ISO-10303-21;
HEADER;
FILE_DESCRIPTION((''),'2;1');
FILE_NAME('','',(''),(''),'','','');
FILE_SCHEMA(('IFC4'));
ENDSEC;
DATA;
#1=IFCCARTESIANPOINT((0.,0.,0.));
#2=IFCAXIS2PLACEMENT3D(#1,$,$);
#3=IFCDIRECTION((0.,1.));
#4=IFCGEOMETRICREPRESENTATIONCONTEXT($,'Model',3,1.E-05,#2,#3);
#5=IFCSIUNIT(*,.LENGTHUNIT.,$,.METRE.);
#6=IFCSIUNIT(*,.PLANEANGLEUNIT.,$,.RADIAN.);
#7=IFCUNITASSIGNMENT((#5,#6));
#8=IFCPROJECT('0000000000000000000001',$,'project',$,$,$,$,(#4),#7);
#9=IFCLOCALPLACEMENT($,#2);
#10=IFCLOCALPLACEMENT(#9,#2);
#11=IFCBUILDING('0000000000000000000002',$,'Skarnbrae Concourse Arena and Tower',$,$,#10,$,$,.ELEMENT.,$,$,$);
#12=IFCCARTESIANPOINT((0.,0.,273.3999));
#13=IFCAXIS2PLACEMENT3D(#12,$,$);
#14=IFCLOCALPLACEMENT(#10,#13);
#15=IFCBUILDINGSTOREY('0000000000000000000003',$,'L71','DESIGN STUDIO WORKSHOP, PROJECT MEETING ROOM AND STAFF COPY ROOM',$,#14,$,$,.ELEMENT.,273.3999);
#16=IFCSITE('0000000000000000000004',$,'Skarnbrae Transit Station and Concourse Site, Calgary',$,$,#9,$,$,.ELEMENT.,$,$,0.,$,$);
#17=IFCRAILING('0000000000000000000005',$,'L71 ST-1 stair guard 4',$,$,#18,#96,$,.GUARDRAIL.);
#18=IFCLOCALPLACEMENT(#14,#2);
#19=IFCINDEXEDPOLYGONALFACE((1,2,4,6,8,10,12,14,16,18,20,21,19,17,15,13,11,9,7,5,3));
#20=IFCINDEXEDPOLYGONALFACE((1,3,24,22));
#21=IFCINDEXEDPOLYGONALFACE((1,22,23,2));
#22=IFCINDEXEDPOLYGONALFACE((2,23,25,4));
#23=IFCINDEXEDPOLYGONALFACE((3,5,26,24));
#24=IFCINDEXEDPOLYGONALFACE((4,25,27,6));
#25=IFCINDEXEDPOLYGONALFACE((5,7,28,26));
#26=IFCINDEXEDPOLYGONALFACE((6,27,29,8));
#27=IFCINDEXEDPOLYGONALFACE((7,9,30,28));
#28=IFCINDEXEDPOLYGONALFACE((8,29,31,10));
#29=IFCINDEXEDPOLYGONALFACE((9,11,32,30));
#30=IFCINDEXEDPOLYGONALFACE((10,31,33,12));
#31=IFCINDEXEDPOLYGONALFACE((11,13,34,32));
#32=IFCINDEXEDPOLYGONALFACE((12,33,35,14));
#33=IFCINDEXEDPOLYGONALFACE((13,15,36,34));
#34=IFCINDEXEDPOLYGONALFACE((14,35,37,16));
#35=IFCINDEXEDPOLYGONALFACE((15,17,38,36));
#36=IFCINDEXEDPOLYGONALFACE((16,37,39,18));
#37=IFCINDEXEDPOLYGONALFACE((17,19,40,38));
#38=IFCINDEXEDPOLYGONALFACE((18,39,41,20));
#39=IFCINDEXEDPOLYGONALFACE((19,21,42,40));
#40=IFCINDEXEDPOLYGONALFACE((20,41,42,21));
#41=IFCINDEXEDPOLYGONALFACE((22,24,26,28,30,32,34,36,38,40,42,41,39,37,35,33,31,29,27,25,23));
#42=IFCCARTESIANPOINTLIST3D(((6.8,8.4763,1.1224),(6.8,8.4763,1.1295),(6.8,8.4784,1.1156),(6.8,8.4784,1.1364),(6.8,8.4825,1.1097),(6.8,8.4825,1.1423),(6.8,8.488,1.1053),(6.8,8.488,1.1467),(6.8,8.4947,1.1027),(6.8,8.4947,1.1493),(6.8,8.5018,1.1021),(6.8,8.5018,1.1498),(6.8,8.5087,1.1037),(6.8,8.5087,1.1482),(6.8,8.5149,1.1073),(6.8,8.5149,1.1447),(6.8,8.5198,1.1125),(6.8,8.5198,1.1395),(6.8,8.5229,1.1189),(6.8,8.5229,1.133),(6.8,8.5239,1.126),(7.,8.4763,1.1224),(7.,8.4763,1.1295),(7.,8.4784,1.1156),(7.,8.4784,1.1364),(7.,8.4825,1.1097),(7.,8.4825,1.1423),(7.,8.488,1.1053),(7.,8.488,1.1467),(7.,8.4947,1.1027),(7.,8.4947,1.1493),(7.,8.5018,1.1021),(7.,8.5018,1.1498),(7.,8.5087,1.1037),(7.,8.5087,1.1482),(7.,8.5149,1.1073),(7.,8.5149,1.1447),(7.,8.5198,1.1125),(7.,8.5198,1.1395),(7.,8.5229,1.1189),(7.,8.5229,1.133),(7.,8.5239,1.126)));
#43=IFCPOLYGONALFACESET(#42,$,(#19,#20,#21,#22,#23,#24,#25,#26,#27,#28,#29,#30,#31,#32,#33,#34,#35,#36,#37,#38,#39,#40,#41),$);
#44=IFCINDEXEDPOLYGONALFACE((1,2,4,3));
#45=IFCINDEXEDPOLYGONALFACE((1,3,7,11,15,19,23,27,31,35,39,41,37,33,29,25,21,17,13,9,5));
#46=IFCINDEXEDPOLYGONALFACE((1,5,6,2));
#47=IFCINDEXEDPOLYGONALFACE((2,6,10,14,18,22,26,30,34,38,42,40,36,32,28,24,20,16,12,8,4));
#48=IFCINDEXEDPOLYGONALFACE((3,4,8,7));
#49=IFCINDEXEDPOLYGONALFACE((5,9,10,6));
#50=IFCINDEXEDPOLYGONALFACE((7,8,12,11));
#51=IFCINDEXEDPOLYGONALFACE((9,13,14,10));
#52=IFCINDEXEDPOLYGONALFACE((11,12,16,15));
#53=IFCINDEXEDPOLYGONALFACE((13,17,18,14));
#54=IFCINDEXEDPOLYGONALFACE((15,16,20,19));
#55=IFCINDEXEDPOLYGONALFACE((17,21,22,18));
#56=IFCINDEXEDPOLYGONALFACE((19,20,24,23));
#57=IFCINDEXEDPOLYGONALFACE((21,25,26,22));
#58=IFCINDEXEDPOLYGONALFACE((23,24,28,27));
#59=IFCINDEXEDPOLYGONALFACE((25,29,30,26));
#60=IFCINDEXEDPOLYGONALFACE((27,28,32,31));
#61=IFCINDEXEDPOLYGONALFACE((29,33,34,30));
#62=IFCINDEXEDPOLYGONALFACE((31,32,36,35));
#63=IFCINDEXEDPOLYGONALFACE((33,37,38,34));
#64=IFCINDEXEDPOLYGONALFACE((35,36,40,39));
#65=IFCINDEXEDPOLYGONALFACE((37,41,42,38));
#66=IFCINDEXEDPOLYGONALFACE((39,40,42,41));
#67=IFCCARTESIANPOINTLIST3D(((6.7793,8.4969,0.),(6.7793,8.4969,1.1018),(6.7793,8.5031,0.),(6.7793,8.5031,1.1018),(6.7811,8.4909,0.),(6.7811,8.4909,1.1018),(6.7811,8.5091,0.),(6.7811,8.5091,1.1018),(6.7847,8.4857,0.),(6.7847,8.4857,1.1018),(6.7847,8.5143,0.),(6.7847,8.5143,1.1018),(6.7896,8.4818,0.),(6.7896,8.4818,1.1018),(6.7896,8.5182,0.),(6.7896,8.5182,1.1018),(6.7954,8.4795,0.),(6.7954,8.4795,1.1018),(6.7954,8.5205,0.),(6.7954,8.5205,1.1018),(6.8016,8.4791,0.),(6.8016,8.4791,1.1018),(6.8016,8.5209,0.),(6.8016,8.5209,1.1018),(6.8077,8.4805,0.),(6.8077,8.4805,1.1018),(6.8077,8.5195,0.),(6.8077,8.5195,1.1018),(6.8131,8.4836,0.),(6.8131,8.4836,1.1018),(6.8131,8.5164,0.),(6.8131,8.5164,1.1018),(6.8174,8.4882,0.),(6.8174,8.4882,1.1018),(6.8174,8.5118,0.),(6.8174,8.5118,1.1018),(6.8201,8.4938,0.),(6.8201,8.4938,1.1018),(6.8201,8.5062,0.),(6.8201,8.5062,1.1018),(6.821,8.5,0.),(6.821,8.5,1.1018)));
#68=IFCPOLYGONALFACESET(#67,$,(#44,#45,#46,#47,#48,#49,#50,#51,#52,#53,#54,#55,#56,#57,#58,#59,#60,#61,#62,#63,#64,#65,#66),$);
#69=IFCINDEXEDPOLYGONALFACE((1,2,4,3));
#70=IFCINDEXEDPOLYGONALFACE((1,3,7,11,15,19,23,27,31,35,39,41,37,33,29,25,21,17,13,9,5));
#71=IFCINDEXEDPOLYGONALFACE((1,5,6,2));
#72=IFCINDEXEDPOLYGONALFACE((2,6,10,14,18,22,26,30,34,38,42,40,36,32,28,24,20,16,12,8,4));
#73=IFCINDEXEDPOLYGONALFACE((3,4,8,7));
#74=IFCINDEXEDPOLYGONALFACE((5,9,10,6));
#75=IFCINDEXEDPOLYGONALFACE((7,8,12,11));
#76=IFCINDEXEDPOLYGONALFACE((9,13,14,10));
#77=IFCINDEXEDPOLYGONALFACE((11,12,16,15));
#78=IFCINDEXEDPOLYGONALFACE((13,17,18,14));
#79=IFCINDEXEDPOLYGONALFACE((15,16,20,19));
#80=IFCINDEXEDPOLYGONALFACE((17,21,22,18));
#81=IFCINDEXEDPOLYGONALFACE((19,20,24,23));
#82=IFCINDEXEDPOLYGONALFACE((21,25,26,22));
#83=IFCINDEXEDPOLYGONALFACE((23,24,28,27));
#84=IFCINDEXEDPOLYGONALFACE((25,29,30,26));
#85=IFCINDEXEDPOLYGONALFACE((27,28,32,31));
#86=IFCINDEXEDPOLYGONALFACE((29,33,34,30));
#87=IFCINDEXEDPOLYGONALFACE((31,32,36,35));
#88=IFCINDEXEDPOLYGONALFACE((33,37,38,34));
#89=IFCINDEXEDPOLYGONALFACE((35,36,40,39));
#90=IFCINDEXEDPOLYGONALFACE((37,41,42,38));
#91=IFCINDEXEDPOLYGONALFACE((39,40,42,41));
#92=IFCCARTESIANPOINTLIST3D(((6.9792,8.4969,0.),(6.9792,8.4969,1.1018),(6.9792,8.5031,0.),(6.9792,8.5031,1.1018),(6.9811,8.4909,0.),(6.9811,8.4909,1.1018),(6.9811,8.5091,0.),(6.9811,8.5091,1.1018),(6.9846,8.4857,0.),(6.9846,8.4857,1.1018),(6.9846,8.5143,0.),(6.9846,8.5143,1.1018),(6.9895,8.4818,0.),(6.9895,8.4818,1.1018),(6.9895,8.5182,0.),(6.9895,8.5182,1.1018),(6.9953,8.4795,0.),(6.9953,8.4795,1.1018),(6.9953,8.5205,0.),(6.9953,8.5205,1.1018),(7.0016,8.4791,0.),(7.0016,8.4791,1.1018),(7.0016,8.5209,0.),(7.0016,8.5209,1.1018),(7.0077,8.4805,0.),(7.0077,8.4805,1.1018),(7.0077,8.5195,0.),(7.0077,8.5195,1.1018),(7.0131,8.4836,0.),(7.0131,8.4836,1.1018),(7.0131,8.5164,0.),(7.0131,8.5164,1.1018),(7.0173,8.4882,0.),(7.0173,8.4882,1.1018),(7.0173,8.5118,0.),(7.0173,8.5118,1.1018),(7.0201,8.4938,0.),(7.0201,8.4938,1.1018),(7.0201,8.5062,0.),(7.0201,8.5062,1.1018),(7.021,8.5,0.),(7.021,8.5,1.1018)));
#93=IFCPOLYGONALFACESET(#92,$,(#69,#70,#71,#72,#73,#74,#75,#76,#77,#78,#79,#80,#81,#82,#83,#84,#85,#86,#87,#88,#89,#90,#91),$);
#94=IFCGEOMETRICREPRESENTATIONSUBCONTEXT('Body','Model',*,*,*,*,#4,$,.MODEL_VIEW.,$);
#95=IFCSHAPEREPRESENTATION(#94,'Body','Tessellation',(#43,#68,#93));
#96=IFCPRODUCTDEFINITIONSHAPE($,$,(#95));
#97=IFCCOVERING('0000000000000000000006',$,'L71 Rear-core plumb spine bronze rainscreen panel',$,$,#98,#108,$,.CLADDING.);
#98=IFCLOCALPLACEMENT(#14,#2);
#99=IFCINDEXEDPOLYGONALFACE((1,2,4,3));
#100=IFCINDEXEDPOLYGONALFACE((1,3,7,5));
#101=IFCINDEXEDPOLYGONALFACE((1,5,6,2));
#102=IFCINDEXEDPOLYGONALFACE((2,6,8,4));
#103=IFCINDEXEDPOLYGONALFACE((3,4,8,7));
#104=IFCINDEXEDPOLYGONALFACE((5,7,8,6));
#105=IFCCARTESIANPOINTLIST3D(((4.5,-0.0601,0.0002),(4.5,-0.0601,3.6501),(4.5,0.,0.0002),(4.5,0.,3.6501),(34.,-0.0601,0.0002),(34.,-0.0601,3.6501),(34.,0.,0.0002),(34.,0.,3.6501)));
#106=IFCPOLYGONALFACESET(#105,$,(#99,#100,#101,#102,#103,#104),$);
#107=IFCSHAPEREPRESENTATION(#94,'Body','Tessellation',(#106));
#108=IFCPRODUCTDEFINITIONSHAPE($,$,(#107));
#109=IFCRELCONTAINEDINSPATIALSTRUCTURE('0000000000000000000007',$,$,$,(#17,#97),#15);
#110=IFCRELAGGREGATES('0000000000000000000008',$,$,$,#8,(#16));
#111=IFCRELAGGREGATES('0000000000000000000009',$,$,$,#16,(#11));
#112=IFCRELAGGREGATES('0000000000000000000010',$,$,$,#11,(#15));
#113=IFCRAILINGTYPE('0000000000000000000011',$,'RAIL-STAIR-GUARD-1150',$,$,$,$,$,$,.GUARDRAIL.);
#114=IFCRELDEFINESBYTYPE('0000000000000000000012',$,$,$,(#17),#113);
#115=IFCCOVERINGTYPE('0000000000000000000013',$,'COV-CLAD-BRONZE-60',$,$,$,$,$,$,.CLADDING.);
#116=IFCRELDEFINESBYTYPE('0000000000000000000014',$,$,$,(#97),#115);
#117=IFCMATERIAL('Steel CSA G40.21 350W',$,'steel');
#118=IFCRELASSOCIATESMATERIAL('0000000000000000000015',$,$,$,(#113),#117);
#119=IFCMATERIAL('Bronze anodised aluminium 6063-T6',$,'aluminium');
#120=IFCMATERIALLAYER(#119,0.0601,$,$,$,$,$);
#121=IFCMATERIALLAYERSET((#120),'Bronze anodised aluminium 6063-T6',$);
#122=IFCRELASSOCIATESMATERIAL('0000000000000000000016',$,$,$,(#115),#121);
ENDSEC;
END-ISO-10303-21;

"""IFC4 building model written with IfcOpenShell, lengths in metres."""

from ifc_helpers import new_model, si_unit, direction, frame, origin, origin_2d, place, context, subcontext, project, spatial, rectangle, circle, extrude, source, transform, mapped, material, layer, layer_set, type_object, element, save


model = new_model("IFC4")

# Units and contexts
model_context = context("Model", 3, precision=1e-05, world=origin(), true_north=direction((0.0, 1.0)))
body_context = subcontext(model_context, "Body", "Model", "MODEL_VIEW")
ifc_project = project(units=[si_unit("LENGTHUNIT", "METRE"), si_unit("PLANEANGLEUNIT", "RADIAN")], contexts=[model_context])

# Site, building, storey
site_placement = place(None, origin())
site = spatial("IfcSite", under=ifc_project, at=site_placement, Name="Skarnbrae Transit Station and Concourse Site, Calgary", CompositionType="ELEMENT", RefElevation=0.0)
building_placement = place(site_placement, origin())
building = spatial("IfcBuilding", under=site, at=building_placement, Name="Skarnbrae Concourse Arena and Tower", CompositionType="ELEMENT")
storey_placement = place(building_placement, frame((0.0, 0.0, 273.3999)))
storey = spatial("IfcBuildingStorey", under=building, at=storey_placement, Name="L71", Description="DESIGN STUDIO WORKSHOP, PROJECT MEETING ROOM AND STAFF COPY ROOM", CompositionType="ELEMENT", Elevation=273.3999)

# Shared definitions
ifc_material_1 = material(Name="Steel CSA G40.21 350W", Category="steel")

# Railing
railing_type_1 = type_object("IfcRailingType", Name="RAIL-STAIR-GUARD-1150", PredefinedType="GUARDRAIL", material=ifc_material_1)
railing_1_placement = place(storey_placement, frame((6.8, 8.5, 0.0)))
element("IfcRailing", 1, at=railing_1_placement, inside=storey, type_object=railing_type_1, Name="L71 ST-1 stair guard 4", PredefinedType="GUARDRAIL", context=body_context, shape_type="SweptSolid", body=[
    extrude(circle(Radius=0.0239, at=origin_2d()), frame((0.0, 0.0, 1.126), z_axis=(1.0, 0.0, 0.0), x_axis=(0.0, 1.0, 0.0)), (0.0, 0.0, 1.0), 0.2),
    extrude(circle(Radius=0.021, at=origin_2d()), origin(), (0.0, 0.0, 1.0), 1.1018),
    extrude(circle(Radius=0.021, at=origin_2d()), frame((0.2, 0.0, 0.0)), (0.0, 0.0, 1.0), 1.1018),
])

# Covering
ifc_material_2 = material(Name="Bronze anodised aluminium 6063-T6", Category="aluminium")
ifc_layer_1 = layer(ifc_material_2, 0.0601)
ifc_layer_set_1 = layer_set([ifc_layer_1], Name="Bronze anodised aluminium 6063-T6")
covering_type = type_object("IfcCoveringType", Name="COV-CLAD-BRONZE-60", PredefinedType="CLADDING", material=ifc_layer_set_1)
shared_shape_1 = source(origin(), body_context, "Body", "SweptSolid", [
    extrude(rectangle(XDim=29.5, YDim=0.0601, at=origin_2d()), origin(), (0.0, 0.0, 1.0), 3.6499),
])
covering_placement = place(storey_placement, frame((19.25, -0.03, 0.0002), z_axis=(0.0, 0.0, 1.0), x_axis=(1.0, 0.0, 0.0)))
element("IfcCovering", 2, at=covering_placement, inside=storey, type_object=covering_type, Name="L71 Rear-core plumb spine bronze rainscreen panel", PredefinedType="CLADDING", context=body_context, shape_type="MappedRepresentation", body=[
    mapped(shared_shape_1, transform((0.0, 0.0, 0.0))),
])

save(model, "model.ifc")
